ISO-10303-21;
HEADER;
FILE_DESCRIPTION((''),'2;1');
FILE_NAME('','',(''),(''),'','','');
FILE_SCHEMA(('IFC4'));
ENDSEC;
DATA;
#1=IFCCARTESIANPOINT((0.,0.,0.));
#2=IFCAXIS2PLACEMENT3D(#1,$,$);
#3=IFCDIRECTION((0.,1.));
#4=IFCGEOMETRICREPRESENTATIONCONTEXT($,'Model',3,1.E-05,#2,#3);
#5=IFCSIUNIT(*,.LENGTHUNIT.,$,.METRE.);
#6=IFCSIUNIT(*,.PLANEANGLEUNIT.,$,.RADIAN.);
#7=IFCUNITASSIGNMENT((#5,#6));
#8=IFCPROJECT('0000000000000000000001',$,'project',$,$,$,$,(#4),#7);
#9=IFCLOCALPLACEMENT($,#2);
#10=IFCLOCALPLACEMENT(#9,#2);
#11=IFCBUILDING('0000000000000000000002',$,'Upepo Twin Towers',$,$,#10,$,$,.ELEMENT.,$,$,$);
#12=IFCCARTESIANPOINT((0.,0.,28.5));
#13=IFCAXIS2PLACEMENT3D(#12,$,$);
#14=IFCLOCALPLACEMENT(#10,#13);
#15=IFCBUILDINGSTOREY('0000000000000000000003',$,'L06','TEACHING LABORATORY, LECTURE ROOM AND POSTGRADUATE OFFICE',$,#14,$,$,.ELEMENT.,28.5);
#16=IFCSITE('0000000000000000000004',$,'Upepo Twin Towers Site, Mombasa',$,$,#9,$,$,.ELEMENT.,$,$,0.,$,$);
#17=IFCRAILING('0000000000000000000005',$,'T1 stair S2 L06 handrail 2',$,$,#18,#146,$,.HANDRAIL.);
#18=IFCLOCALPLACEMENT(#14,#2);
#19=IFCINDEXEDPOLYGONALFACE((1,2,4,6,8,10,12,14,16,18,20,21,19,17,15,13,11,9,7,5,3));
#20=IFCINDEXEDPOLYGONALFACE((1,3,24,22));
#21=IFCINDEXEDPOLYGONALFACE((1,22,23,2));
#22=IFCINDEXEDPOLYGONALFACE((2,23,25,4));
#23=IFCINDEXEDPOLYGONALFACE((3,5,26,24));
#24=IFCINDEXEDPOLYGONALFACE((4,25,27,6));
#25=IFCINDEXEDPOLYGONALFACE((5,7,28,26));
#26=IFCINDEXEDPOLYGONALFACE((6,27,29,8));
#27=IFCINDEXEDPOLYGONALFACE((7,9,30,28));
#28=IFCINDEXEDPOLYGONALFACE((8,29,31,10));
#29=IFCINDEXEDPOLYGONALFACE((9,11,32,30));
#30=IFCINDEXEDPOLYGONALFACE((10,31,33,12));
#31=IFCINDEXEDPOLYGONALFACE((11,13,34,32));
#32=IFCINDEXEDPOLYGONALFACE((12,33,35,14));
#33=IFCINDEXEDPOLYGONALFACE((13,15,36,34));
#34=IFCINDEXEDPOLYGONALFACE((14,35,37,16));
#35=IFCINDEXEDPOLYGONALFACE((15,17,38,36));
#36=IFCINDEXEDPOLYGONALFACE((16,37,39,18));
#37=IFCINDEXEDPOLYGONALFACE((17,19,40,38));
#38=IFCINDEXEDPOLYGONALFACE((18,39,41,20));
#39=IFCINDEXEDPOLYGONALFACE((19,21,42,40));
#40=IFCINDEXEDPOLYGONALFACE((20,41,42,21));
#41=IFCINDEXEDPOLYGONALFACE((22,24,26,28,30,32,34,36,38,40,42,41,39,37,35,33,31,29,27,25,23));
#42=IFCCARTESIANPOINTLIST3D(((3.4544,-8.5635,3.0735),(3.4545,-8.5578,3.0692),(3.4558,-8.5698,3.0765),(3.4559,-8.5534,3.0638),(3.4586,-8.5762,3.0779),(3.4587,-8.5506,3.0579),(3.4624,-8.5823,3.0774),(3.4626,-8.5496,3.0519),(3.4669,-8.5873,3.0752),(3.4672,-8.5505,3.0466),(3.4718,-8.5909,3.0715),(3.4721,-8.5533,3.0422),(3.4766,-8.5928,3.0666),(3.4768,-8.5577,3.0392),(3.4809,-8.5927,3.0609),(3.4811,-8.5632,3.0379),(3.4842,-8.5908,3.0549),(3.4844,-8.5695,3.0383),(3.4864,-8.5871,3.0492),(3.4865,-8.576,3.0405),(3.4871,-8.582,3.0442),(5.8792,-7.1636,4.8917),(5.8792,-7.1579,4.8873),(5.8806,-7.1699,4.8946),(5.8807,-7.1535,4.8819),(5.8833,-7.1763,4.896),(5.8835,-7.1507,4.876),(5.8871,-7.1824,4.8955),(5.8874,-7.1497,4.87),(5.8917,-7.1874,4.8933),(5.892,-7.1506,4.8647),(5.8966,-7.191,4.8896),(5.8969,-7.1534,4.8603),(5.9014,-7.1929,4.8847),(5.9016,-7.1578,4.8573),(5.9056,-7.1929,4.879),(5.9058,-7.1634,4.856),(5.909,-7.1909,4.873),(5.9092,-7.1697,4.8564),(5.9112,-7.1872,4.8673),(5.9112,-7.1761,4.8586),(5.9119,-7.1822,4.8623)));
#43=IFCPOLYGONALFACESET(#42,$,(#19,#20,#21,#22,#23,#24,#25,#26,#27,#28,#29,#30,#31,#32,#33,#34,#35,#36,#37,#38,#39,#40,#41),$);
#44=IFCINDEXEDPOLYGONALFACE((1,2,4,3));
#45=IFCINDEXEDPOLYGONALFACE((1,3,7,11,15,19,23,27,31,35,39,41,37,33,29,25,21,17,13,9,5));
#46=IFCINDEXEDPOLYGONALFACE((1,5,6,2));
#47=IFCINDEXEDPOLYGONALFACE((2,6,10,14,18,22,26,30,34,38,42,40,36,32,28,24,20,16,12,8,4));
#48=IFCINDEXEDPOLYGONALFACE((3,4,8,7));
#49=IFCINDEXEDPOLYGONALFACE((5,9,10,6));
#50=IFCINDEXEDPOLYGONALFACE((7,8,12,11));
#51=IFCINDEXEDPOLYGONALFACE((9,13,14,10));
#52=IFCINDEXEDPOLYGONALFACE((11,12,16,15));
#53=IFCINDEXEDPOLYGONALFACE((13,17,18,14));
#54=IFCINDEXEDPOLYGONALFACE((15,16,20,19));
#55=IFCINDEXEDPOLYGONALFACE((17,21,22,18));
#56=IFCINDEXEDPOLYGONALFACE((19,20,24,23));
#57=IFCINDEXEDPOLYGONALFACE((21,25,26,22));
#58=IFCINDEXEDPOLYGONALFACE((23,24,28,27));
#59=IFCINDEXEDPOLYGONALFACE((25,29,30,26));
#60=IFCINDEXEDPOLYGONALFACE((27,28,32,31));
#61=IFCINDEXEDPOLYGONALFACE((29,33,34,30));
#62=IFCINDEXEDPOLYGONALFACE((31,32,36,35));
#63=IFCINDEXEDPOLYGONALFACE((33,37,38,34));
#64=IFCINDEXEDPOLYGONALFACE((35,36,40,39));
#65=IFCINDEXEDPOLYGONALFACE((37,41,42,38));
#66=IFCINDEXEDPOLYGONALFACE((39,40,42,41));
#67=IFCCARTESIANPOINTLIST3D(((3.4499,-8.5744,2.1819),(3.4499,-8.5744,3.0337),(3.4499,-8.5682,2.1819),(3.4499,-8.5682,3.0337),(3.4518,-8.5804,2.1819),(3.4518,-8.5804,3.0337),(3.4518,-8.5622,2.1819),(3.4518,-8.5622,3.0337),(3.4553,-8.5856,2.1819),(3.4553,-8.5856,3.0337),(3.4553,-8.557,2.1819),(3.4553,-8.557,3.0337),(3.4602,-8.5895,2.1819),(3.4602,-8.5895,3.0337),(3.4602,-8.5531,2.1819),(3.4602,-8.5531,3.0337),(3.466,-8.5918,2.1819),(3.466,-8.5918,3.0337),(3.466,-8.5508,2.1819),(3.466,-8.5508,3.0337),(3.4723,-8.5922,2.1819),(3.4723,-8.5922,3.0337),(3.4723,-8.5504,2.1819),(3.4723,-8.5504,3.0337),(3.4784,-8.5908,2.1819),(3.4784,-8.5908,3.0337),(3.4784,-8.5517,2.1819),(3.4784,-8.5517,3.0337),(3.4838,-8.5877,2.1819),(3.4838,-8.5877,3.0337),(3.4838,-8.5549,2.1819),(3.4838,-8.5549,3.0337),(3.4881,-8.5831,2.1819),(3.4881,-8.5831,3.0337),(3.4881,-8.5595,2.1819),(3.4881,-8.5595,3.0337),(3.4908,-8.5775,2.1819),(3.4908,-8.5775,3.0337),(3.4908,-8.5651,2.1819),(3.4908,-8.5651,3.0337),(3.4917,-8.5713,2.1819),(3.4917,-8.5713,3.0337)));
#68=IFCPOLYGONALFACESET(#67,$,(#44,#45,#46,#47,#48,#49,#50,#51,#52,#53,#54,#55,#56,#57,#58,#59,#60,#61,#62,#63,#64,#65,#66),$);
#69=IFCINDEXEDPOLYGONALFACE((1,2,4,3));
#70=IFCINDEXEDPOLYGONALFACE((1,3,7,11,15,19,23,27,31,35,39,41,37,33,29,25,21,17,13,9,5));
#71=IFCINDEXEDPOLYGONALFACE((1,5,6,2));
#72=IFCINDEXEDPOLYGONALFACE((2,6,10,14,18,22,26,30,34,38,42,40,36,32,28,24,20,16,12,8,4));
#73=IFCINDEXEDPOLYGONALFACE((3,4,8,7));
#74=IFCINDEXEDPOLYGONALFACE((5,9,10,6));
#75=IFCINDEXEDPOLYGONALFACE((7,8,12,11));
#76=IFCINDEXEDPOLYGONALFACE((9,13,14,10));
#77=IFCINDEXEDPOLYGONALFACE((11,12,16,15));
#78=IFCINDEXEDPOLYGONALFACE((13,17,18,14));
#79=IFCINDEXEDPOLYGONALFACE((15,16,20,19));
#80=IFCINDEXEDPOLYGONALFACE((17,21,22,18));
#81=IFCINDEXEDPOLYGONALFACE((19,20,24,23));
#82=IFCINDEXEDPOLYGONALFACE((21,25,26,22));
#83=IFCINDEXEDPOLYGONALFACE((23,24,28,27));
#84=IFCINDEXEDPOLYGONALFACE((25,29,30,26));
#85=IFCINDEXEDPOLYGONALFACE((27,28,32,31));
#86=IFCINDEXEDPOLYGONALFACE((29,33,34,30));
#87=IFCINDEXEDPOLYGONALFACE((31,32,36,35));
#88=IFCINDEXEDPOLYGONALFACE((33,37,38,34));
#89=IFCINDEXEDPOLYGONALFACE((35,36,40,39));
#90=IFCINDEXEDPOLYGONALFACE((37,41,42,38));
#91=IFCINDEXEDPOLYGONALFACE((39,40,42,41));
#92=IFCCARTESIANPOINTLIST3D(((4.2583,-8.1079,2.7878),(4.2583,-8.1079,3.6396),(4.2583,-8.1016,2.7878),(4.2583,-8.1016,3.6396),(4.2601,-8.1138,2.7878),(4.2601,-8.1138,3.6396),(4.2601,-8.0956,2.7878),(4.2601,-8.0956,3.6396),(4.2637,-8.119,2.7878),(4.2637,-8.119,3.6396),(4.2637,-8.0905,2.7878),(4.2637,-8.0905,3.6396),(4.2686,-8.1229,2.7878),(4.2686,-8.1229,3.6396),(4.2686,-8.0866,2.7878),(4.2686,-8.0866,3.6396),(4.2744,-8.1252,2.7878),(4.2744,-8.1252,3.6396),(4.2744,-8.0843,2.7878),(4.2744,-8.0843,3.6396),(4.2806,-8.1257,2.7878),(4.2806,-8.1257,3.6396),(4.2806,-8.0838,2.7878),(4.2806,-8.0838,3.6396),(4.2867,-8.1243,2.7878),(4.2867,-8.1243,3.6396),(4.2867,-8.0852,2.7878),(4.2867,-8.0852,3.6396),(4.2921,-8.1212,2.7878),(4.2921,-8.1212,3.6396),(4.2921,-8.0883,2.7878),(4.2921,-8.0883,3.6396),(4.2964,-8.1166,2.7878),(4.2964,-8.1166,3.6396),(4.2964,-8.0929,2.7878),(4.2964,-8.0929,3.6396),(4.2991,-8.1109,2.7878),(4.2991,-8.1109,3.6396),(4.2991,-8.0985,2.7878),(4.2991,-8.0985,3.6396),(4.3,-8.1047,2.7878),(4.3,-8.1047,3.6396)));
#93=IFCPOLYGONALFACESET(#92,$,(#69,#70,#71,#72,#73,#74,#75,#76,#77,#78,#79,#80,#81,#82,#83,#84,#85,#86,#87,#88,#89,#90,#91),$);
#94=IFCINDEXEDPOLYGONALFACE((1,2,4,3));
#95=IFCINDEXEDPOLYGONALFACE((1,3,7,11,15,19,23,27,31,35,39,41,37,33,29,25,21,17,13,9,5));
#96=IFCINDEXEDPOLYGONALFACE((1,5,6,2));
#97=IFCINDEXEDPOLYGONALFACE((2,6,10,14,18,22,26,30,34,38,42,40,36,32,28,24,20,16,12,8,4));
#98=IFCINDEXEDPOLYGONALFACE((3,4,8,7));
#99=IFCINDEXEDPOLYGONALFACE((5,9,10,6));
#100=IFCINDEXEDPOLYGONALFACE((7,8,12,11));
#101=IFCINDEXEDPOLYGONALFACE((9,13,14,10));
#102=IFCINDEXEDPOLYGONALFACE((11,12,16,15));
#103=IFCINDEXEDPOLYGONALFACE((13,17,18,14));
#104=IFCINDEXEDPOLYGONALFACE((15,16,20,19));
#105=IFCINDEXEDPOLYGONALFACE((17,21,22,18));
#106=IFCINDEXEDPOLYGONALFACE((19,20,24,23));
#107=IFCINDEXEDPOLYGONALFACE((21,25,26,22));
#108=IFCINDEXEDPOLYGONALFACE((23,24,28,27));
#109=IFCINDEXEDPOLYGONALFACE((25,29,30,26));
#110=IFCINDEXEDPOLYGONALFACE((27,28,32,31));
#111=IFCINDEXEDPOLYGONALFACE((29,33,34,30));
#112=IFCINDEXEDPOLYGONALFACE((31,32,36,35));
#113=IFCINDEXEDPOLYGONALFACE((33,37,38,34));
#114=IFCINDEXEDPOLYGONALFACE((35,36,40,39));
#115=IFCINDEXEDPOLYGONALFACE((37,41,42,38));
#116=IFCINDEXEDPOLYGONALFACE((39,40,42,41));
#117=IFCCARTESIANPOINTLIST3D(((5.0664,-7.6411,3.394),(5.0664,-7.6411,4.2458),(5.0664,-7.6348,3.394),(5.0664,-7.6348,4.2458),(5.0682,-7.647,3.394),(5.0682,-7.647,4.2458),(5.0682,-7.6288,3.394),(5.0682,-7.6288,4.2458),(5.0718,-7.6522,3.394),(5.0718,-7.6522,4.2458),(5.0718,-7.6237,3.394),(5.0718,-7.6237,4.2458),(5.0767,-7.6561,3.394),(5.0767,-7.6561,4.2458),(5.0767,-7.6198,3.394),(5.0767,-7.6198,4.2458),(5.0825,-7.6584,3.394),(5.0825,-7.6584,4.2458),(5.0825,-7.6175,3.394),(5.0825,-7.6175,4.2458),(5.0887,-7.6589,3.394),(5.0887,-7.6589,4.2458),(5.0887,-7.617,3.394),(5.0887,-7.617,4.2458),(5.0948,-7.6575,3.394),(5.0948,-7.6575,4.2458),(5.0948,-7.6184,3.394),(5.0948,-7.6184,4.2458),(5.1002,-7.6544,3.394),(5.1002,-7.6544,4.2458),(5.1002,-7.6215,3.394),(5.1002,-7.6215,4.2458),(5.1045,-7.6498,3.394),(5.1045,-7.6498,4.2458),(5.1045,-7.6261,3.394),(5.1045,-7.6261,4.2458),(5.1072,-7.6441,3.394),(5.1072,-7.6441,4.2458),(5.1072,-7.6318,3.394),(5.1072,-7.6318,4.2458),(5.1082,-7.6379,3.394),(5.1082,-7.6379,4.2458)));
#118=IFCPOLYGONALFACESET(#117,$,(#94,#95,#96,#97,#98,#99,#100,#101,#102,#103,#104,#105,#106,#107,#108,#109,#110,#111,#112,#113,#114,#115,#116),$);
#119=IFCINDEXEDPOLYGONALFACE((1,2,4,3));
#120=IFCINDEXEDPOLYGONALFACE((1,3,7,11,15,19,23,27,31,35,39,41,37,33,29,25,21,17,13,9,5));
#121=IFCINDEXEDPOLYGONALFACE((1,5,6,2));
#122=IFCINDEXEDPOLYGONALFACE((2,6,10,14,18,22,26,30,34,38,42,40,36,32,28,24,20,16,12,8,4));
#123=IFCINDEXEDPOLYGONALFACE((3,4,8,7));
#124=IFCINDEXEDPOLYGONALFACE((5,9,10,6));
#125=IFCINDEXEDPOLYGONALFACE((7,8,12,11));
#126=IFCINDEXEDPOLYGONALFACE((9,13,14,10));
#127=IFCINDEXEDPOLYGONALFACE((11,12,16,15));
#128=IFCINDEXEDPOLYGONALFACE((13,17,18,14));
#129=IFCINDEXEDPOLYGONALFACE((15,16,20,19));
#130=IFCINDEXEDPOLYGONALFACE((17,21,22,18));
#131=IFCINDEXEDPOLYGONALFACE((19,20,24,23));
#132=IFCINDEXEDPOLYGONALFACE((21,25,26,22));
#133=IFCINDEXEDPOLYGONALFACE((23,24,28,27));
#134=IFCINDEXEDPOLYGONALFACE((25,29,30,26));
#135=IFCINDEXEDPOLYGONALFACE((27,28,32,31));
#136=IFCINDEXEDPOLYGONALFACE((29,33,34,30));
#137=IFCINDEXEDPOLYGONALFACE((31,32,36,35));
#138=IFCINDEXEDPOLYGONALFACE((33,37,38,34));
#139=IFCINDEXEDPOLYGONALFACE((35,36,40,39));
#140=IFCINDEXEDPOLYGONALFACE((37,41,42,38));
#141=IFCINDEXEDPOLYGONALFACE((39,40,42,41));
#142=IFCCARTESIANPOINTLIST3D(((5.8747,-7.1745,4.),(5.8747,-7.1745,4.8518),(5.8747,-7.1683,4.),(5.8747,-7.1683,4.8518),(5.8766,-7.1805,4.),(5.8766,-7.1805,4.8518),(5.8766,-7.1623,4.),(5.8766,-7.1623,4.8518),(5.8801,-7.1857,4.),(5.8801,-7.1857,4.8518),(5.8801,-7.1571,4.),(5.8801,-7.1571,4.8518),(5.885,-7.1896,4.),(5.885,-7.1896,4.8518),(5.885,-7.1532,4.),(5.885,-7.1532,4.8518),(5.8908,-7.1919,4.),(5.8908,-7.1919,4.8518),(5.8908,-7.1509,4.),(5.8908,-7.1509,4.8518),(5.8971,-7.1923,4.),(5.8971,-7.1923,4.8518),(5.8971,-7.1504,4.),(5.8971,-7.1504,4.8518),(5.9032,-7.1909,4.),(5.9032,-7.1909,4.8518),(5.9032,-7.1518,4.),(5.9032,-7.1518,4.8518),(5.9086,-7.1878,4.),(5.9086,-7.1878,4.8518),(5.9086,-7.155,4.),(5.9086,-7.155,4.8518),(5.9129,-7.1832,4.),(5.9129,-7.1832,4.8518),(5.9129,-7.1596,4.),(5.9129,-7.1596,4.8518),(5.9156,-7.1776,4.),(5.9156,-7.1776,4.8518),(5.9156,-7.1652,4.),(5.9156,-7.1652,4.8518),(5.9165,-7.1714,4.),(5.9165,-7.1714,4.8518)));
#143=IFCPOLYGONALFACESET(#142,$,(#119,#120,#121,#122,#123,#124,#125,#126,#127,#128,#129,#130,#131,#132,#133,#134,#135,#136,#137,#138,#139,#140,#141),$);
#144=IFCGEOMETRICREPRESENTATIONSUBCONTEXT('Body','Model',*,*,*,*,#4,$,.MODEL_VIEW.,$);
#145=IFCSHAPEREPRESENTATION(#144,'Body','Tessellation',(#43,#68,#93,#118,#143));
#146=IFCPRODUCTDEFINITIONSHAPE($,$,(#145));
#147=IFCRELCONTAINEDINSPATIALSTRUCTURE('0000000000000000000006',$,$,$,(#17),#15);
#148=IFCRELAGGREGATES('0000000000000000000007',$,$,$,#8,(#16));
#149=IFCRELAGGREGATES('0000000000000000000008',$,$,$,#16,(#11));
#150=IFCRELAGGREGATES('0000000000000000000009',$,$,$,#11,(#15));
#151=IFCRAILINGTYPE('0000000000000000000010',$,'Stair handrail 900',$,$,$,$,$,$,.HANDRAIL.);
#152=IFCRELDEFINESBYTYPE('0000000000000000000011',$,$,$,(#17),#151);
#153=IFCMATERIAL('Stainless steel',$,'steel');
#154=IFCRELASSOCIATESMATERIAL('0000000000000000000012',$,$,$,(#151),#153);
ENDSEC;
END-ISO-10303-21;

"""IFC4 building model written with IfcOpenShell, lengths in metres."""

from ifc_helpers import new_model, si_unit, direction, frame, origin, origin_2d, place, context, subcontext, project, spatial, circle, extrude, material, type_object, element, save


model = new_model("IFC4")

# Units and contexts
model_context = context("Model", 3, precision=1e-05, world=origin(), true_north=direction((0.0, 1.0)))
body_context = subcontext(model_context, "Body", "Model", "MODEL_VIEW")
ifc_project = project(units=[si_unit("LENGTHUNIT", "METRE"), si_unit("PLANEANGLEUNIT", "RADIAN")], contexts=[model_context])

# Site, building, storey
site_placement = place(None, origin())
site = spatial("IfcSite", under=ifc_project, at=site_placement, Name="Upepo Twin Towers Site, Mombasa", CompositionType="ELEMENT", RefElevation=0.0)
building_placement = place(site_placement, origin())
building = spatial("IfcBuilding", under=site, at=building_placement, Name="Upepo Twin Towers", CompositionType="ELEMENT")
storey_placement = place(building_placement, frame((0.0, 0.0, 28.5)))
storey = spatial("IfcBuildingStorey", under=building, at=storey_placement, Name="L06", Description="TEACHING LABORATORY, LECTURE ROOM AND POSTGRADUATE OFFICE", CompositionType="ELEMENT", Elevation=28.5)

# Railing
ifc_material_1 = material(Name="Stainless steel", Category="steel")
railing_type = type_object("IfcRailingType", Name="Stair handrail 900", PredefinedType="HANDRAIL", material=ifc_material_1)
railing_1_placement = place(storey_placement, frame((3.4707, -8.5713, 2.1819)))
element("IfcRailing", 1, at=railing_1_placement, inside=storey, type_object=railing_type, Name="T1 stair S2 L06 handrail 2", PredefinedType="HANDRAIL", context=body_context, shape_type="SweptSolid", body=[
    extrude(circle(Radius=0.0239, at=origin_2d()), frame((0.0, 0.0, 0.876), z_axis=(0.726336, 0.419333, 0.544606), x_axis=(-0.499984, 0.866035, 0.0)), (0.0, 0.0, 1.0), 3.3384),
    extrude(circle(Radius=0.021, at=origin_2d()), origin(), (0.0, 0.0, 1.0), 0.8518),
    extrude(circle(Radius=0.021, at=origin_2d()), frame((0.8083, 0.4666, 0.606)), (0.0, 0.0, 1.0), 0.8518),
    extrude(circle(Radius=0.021, at=origin_2d()), frame((1.6165, 0.9333, 1.2122)), (0.0, 0.0, 1.0), 0.8518),
    extrude(circle(Radius=0.021, at=origin_2d()), frame((2.4248, 1.3999, 1.8181)), (0.0, 0.0, 1.0), 0.8518),
])

save(model, "model.ifc")
